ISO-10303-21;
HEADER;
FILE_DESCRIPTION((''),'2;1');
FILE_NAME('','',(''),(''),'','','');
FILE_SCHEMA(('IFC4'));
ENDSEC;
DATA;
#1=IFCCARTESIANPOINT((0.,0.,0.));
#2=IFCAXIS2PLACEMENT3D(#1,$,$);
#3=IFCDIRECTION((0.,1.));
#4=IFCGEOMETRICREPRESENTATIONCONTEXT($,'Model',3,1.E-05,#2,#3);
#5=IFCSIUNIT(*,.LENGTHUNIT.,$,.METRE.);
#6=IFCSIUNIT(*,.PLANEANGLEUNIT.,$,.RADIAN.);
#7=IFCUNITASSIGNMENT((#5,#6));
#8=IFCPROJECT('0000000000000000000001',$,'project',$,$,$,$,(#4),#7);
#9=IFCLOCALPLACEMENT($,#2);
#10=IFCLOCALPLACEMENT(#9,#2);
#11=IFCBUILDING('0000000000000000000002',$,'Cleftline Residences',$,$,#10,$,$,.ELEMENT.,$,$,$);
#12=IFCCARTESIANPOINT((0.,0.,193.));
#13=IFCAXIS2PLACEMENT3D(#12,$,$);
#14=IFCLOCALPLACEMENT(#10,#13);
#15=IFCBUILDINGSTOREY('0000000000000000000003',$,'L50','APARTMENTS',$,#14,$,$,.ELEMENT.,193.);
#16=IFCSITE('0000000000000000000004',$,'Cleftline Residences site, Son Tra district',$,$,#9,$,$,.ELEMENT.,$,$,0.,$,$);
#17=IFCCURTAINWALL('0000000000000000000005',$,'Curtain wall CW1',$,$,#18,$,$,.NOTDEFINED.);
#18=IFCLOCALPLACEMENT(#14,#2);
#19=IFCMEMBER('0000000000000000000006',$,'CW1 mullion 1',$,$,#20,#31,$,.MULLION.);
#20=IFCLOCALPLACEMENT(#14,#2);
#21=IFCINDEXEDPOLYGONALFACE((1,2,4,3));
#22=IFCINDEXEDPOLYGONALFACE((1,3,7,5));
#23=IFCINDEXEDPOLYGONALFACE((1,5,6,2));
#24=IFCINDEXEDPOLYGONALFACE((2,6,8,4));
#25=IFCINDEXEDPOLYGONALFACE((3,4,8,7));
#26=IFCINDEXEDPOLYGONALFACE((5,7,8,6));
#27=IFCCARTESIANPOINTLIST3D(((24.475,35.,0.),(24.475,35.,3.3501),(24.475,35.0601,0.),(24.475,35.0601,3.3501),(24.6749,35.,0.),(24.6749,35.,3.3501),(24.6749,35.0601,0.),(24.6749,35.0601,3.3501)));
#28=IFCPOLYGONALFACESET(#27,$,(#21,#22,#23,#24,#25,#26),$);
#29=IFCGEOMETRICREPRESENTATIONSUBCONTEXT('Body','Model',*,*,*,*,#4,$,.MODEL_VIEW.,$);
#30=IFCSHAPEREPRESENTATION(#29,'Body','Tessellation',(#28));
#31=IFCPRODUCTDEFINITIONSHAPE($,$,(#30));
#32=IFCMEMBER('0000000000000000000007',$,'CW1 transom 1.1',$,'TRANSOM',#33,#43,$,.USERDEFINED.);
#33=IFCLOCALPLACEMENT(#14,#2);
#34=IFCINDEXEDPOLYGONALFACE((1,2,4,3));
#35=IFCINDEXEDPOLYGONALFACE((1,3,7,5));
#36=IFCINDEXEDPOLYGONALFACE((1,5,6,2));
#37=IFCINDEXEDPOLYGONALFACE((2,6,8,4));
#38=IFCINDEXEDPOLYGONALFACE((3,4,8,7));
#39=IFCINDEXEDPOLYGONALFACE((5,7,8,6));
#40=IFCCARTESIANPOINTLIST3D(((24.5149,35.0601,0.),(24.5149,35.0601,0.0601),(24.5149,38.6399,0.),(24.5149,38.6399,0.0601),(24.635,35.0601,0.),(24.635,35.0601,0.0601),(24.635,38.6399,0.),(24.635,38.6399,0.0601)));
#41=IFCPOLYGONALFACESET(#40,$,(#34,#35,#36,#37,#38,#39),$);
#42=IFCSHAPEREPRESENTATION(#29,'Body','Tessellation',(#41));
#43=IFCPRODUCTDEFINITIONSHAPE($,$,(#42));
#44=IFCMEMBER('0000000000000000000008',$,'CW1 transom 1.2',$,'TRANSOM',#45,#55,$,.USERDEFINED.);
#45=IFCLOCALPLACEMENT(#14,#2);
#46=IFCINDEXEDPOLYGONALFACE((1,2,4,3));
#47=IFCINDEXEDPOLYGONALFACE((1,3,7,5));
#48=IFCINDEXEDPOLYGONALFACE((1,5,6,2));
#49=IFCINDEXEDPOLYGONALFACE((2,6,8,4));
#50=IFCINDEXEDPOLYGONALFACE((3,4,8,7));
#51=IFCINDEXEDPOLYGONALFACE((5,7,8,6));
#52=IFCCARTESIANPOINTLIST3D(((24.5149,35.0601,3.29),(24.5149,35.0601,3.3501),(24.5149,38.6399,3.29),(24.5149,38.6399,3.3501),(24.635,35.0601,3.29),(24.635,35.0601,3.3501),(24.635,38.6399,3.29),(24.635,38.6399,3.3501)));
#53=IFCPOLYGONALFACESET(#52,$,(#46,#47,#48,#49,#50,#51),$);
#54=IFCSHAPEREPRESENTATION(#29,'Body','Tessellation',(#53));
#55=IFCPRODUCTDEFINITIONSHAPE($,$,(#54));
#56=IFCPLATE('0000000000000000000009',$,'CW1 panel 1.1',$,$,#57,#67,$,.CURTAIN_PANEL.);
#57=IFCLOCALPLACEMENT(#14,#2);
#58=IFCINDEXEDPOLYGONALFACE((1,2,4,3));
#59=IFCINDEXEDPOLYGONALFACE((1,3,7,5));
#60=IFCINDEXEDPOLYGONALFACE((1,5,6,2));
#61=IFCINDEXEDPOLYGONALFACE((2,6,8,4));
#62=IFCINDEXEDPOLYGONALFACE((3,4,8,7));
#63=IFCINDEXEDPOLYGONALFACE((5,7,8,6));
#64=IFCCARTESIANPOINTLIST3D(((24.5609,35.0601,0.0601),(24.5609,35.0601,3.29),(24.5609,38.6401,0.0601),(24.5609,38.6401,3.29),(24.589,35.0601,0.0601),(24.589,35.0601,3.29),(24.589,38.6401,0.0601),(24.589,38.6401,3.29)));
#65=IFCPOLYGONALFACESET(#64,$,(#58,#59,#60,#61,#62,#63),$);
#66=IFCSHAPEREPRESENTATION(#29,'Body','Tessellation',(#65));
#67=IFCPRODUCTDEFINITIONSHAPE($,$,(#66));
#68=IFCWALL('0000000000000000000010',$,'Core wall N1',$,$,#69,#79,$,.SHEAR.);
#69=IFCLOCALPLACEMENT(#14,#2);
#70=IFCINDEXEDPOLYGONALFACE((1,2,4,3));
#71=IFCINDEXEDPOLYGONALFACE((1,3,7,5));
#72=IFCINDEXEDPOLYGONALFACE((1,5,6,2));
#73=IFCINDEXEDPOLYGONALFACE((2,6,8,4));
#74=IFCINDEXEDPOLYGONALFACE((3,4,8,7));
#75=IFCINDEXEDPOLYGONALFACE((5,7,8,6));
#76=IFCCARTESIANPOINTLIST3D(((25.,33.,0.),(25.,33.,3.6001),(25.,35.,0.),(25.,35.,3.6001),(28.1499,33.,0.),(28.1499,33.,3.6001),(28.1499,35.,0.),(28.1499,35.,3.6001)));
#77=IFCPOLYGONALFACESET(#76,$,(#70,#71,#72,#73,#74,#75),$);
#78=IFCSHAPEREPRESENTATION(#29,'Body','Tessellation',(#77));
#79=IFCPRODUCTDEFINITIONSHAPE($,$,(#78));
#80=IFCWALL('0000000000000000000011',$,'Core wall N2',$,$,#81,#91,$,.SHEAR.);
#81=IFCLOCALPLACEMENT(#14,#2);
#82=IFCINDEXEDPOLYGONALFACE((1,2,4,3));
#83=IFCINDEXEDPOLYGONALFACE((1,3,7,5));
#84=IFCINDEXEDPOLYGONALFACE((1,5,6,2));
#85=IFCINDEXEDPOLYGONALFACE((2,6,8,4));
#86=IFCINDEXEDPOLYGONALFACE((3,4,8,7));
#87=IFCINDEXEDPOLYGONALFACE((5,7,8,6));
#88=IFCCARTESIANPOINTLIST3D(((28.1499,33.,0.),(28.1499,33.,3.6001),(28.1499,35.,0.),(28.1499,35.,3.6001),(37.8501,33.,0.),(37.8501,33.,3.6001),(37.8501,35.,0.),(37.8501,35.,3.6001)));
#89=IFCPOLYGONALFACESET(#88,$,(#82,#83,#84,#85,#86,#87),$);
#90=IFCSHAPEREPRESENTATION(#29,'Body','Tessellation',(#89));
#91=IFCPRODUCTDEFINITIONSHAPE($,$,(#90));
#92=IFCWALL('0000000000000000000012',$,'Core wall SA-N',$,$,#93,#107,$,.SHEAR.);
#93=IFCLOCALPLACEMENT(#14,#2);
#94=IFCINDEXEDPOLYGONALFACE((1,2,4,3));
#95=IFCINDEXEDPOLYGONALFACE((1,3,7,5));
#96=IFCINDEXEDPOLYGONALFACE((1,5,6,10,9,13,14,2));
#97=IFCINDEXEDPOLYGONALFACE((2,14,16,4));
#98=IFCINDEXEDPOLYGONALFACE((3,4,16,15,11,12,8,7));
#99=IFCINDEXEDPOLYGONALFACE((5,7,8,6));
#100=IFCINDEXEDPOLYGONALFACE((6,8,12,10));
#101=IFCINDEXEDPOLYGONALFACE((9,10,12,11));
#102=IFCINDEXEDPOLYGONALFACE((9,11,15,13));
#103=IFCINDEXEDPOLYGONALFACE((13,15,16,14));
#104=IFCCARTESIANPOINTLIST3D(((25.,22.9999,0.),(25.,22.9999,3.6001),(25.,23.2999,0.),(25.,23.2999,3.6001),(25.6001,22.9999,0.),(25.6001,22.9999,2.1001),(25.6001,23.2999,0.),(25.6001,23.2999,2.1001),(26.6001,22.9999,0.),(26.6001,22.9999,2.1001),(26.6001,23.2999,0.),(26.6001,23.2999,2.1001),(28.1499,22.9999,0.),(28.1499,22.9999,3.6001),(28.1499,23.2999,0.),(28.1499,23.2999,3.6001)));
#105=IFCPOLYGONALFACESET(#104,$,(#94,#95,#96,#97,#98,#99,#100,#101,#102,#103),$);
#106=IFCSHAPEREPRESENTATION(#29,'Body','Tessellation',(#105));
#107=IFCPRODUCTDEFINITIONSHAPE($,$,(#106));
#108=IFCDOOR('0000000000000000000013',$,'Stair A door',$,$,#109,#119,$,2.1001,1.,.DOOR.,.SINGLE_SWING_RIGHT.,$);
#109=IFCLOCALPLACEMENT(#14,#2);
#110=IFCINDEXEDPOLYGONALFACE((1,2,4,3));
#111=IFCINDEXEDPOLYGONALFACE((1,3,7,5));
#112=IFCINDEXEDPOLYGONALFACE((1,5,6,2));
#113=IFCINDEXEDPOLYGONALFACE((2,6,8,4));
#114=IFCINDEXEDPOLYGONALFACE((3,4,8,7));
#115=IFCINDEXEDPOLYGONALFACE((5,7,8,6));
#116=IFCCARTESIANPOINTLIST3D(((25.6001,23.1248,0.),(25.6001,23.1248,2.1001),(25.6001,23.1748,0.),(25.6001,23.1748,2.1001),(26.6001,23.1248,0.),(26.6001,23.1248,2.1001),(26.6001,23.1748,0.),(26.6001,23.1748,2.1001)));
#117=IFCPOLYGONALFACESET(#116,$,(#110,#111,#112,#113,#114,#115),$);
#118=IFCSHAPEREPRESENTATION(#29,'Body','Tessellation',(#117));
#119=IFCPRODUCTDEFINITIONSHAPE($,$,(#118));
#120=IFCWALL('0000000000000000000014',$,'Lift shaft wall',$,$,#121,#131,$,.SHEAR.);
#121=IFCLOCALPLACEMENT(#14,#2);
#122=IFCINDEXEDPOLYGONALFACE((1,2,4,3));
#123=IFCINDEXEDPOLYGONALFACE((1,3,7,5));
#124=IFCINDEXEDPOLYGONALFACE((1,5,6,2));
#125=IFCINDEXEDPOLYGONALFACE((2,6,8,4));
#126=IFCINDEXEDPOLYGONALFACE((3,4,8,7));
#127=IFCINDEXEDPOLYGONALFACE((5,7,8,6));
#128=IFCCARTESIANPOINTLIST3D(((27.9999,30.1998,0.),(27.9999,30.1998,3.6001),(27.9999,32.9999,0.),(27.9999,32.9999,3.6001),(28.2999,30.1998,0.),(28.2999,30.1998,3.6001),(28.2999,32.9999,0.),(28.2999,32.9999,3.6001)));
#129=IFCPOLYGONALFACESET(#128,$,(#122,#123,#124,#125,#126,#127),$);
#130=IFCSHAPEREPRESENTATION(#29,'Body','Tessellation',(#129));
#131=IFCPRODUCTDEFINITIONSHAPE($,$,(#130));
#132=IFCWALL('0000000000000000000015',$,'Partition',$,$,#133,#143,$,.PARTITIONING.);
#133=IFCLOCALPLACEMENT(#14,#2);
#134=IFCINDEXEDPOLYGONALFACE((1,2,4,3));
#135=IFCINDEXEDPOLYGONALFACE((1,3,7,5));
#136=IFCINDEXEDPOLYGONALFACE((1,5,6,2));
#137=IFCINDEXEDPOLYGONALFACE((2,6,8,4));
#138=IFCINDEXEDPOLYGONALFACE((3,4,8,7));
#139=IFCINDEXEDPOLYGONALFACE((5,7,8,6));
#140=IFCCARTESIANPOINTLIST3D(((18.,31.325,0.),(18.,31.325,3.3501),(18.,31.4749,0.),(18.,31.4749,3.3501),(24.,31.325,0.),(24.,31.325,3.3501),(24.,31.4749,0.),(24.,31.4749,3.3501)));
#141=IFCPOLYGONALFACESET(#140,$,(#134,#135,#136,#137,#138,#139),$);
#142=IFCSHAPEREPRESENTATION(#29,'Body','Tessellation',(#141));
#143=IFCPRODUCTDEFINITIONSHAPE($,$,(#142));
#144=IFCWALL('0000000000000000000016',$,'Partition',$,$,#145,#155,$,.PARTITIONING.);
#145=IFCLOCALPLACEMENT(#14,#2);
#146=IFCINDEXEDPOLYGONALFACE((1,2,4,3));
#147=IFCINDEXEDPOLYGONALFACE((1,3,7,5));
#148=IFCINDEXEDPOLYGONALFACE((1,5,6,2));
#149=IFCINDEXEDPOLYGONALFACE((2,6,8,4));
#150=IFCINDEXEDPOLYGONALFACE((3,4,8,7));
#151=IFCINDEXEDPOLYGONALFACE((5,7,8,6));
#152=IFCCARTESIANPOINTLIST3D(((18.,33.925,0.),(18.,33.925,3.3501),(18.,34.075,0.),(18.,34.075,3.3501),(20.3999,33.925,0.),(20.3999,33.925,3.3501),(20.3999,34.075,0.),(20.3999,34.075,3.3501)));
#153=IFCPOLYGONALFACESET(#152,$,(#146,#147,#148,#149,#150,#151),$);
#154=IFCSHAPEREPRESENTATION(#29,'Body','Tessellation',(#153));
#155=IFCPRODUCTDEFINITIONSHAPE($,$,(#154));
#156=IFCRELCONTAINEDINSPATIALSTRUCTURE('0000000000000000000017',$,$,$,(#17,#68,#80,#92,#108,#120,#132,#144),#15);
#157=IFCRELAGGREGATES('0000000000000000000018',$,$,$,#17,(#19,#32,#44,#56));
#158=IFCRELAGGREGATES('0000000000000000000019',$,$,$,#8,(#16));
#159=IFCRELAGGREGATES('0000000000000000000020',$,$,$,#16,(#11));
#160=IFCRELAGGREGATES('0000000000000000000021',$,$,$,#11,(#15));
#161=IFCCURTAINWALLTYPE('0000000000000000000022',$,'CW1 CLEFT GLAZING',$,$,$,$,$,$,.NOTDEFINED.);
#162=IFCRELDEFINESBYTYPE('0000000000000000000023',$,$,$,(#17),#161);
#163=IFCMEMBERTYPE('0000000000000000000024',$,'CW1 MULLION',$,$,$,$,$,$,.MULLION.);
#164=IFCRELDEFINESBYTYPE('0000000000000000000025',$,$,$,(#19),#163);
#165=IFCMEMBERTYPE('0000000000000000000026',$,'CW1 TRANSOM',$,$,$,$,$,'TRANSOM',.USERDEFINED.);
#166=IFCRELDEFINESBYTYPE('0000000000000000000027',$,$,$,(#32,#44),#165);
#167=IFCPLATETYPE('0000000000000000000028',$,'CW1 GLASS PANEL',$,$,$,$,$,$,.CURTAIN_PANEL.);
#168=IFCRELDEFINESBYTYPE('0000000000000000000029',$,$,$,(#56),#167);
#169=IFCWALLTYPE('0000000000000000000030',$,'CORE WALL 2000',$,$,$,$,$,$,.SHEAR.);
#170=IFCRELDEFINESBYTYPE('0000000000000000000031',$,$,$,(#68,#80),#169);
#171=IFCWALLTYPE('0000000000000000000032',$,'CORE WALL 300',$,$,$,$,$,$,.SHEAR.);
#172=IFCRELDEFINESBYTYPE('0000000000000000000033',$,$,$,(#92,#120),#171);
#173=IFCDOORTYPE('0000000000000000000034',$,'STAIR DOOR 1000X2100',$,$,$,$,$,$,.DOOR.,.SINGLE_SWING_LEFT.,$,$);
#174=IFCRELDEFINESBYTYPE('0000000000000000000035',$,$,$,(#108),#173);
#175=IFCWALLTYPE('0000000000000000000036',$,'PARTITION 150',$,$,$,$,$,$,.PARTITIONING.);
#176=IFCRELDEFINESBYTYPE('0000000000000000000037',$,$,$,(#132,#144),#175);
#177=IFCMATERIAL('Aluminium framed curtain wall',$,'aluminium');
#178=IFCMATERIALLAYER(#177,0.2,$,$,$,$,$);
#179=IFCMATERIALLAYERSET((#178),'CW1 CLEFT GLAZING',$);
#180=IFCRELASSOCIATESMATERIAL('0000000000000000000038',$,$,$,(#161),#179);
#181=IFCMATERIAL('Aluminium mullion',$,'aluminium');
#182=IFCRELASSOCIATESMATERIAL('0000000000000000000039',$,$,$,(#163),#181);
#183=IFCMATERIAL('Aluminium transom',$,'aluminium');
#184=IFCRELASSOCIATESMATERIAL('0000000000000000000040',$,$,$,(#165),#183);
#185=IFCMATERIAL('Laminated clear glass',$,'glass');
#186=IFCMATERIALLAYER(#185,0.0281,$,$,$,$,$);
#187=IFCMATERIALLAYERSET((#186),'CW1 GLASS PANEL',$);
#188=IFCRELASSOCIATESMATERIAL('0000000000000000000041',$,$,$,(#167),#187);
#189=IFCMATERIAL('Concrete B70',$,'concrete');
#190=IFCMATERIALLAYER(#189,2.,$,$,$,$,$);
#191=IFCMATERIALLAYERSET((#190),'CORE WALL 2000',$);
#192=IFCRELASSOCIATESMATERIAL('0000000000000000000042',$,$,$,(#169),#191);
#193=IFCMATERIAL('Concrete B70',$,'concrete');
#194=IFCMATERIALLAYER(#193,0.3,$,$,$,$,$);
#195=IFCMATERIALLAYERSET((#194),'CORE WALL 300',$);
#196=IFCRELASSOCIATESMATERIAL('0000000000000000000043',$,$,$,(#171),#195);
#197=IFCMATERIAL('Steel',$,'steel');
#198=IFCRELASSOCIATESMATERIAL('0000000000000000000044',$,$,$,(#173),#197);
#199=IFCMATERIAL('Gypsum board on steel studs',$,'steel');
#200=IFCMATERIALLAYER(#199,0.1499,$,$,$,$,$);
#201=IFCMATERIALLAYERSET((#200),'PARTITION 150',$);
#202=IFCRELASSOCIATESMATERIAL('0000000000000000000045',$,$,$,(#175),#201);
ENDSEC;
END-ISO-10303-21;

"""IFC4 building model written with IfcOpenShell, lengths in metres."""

from ifc_helpers import new_model, si_unit, direction, frame, frame_2d, origin, origin_2d, place, context, subcontext, project, spatial, rectangle, extrude, material, layer, layer_set, material_profile, profile_set, type_object, element, fill, aggregate, save


model = new_model("IFC4")

# Units and contexts
model_context = context("Model", 3, precision=1e-05, world=origin(), true_north=direction((0.0, 1.0)))
body_context = subcontext(model_context, "Body", "Model", "MODEL_VIEW")
ifc_project = project(units=[si_unit("LENGTHUNIT", "METRE"), si_unit("PLANEANGLEUNIT", "RADIAN")], contexts=[model_context])

# Site, building, storey
site_placement = place(None, origin())
site = spatial("IfcSite", under=ifc_project, at=site_placement, Name="Cleftline Residences site, Son Tra district", CompositionType="ELEMENT", RefElevation=0.0)
building_placement = place(site_placement, origin())
building = spatial("IfcBuilding", under=site, at=building_placement, Name="Cleftline Residences", CompositionType="ELEMENT")
storey_placement = place(building_placement, frame((0.0, 0.0, 193.0)))
storey = spatial("IfcBuildingStorey", under=building, at=storey_placement, Name="L50", Description="APARTMENTS", CompositionType="ELEMENT", Elevation=193.0)

# Curtain wall, members, plate
ifc_material_1 = material(Name="Aluminium framed curtain wall", Category="aluminium")
ifc_layer_1 = layer(ifc_material_1, 0.2)
ifc_layer_set_1 = layer_set([ifc_layer_1], Name="CW1 CLEFT GLAZING")
curtain_wall_type = type_object("IfcCurtainWallType", Name="CW1 CLEFT GLAZING", PredefinedType="NOTDEFINED", material=ifc_layer_set_1)
curtain_wall_placement = place(storey_placement, origin())
curtain_wall = element("IfcCurtainWall", 1, at=curtain_wall_placement, inside=storey, type_object=curtain_wall_type, Name="Curtain wall CW1", PredefinedType="NOTDEFINED")
ifc_material_2 = material(Name="Aluminium mullion", Category="aluminium")
ifc_material_profile_1 = material_profile(ifc_material_2, rectangle(XDim=0.2, YDim=0.0601, at=origin_2d()))
ifc_profile_set_1 = profile_set([ifc_material_profile_1], Name="Aluminium mullion")
member_type_1 = type_object("IfcMemberType", Name="CW1 MULLION", PredefinedType="MULLION", material=ifc_profile_set_1)
member_1_placement = place(storey_placement, frame((24.575, 35.03, 0.0), z_axis=(0.0, 0.0, 1.0), x_axis=(-1.0, 0.0, 0.0)))
member_1 = element("IfcMember", 2, at=member_1_placement, type_object=member_type_1, Name="CW1 mullion 1", PredefinedType="MULLION", context=body_context, shape_type="SweptSolid", body=[
    extrude(rectangle(XDim=0.2, YDim=0.0601, at=origin_2d()), origin(), (0.0, 0.0, 1.0), 3.3501),
])
ifc_material_3 = material(Name="Aluminium transom", Category="aluminium")
ifc_material_profile_2 = material_profile(ifc_material_3, rectangle(XDim=0.1201, YDim=0.0601, at=origin_2d()))
ifc_profile_set_2 = profile_set([ifc_material_profile_2], Name="Aluminium transom")
member_type_2 = type_object("IfcMemberType", Name="CW1 TRANSOM", ElementType="TRANSOM", PredefinedType="USERDEFINED", material=ifc_profile_set_2)
member_2_placement = place(storey_placement, frame((24.575, 35.0601, 0.03), z_axis=(0.0, 1.0, 0.0), x_axis=(-1.0, 0.0, 0.0)))
member_2 = element("IfcMember", 3, at=member_2_placement, type_object=member_type_2, Name="CW1 transom 1.1", ObjectType="TRANSOM", PredefinedType="USERDEFINED", context=body_context, shape_type="SweptSolid", body=[
    extrude(rectangle(XDim=0.1201, YDim=0.0601, at=origin_2d()), origin(), (0.0, 0.0, 1.0), 3.5798),
])
member_3_placement = place(storey_placement, frame((24.575, 35.0601, 3.3201), z_axis=(0.0, 1.0, 0.0), x_axis=(-1.0, 0.0, 0.0)))
member_3 = element("IfcMember", 4, at=member_3_placement, type_object=member_type_2, Name="CW1 transom 1.2", ObjectType="TRANSOM", PredefinedType="USERDEFINED", context=body_context, shape_type="SweptSolid", body=[
    extrude(rectangle(XDim=0.1201, YDim=0.0601, at=origin_2d()), origin(), (0.0, 0.0, 1.0), 3.5798),
])
ifc_material_4 = material(Name="Laminated clear glass", Category="glass")
ifc_layer_2 = layer(ifc_material_4, 0.0281)
ifc_layer_set_2 = layer_set([ifc_layer_2], Name="CW1 GLASS PANEL")
plate_type = type_object("IfcPlateType", Name="CW1 GLASS PANEL", PredefinedType="CURTAIN_PANEL", material=ifc_layer_set_2)
plate_placement = place(storey_placement, frame((24.575, 36.8501, 0.0601), z_axis=(0.0, 0.0, 1.0), x_axis=(0.0, 1.0, 0.0)))
plate = element("IfcPlate", 5, at=plate_placement, type_object=plate_type, Name="CW1 panel 1.1", PredefinedType="CURTAIN_PANEL", context=body_context, shape_type="SweptSolid", body=[
    extrude(rectangle(XDim=3.5801, YDim=0.0281, at=origin_2d()), origin(), (0.0, 0.0, 1.0), 3.23),
])
aggregate(curtain_wall, [member_1, member_2, member_3, plate])

# Walls
ifc_material_5 = material(Name="Concrete B70", Category="concrete")
ifc_layer_3 = layer(ifc_material_5, 2.0)
ifc_layer_set_3 = layer_set([ifc_layer_3], Name="CORE WALL 2000")
wall_type_1 = type_object("IfcWallType", Name="CORE WALL 2000", PredefinedType="SHEAR", material=ifc_layer_set_3)
wall_1_placement = place(storey_placement, frame((25.0, 34.0, 0.0), z_axis=(0.0, 0.0, 1.0), x_axis=(1.0, 0.0, 0.0)))
element("IfcWall", 6, at=wall_1_placement, inside=storey, type_object=wall_type_1, Name="Core wall N1", PredefinedType="SHEAR", context=body_context, shape_type="SweptSolid", body=[
    extrude(rectangle(XDim=3.1499, YDim=2.0, at=frame_2d((1.575, 0.0))), origin(), (0.0, 0.0, 1.0), 3.6001),
])
wall_2_placement = place(storey_placement, frame((28.1499, 34.0, 0.0), z_axis=(0.0, 0.0, 1.0), x_axis=(1.0, 0.0, 0.0)))
element("IfcWall", 7, at=wall_2_placement, inside=storey, type_object=wall_type_1, Name="Core wall N2", PredefinedType="SHEAR", context=body_context, shape_type="SweptSolid", body=[
    extrude(rectangle(XDim=9.7002, YDim=2.0, at=frame_2d((4.8501, 0.0))), origin(), (0.0, 0.0, 1.0), 3.6001),
])

# Wall, opening, door
ifc_material_6 = material(Name="Concrete B70", Category="concrete")
ifc_layer_4 = layer(ifc_material_6, 0.3)
ifc_layer_set_4 = layer_set([ifc_layer_4], Name="CORE WALL 300")
wall_type_2 = type_object("IfcWallType", Name="CORE WALL 300", PredefinedType="SHEAR", material=ifc_layer_set_4)
wall_3_placement = place(storey_placement, frame((25.0, 23.1499, 0.0), z_axis=(0.0, 0.0, 1.0), x_axis=(1.0, 0.0, 0.0)))
wall_3 = element("IfcWall", 8, at=wall_3_placement, inside=storey, type_object=wall_type_2, Name="Core wall SA-N", PredefinedType="SHEAR", context=body_context, shape_type="SweptSolid", body=[
    extrude(rectangle(XDim=3.1499, YDim=0.3, at=frame_2d((1.575, 0.0))), origin(), (0.0, 0.0, 1.0), 3.6001),
])
opening_1_placement = place(wall_3_placement, frame((0.6001, 0.0, 0.0)))
opening_1 = element("IfcOpeningElement", 9, at=opening_1_placement, cuts=wall_3, PredefinedType="OPENING", context=body_context, shape_type="SweptSolid", body=[
    extrude(rectangle(XDim=1.0, YDim=2.1001, at=frame_2d((0.5, 1.05))), frame((0.0, 0.1599, 0.0), z_axis=(0.0, -1.0, 0.0), x_axis=(1.0, 0.0, 0.0)), (0.0, 0.0, 1.0), 0.3201),
])
ifc_material_7 = material(Name="Steel", Category="steel")
door_type_1 = type_object("IfcDoorType", Name="STAIR DOOR 1000X2100", OperationType="SINGLE_SWING_LEFT", PredefinedType="DOOR", material=ifc_material_7)
door_1_placement = place(opening_1_placement, origin())
door_1 = element("IfcDoor", 10, at=door_1_placement, inside=storey, type_object=door_type_1, Name="Stair A door", OperationType="SINGLE_SWING_RIGHT", OverallHeight=2.1001, OverallWidth=1.0, PredefinedType="DOOR", context=body_context, shape_type="SweptSolid", body=[
    extrude(rectangle(XDim=1.0, YDim=2.1001, at=frame_2d((0.5, 1.05))), frame((0.0, 0.0249, 0.0), z_axis=(0.0, -1.0, 0.0), x_axis=(1.0, 0.0, 0.0)), (0.0, 0.0, 1.0), 0.05),
])
fill(opening_1, door_1)

# Walls
wall_4_placement = place(storey_placement, frame((28.1499, 30.2, 0.0), z_axis=(0.0, 0.0, 1.0), x_axis=(0.0, 1.0, 0.0)))
element("IfcWall", 11, at=wall_4_placement, inside=storey, type_object=wall_type_2, Name="Lift shaft wall", PredefinedType="SHEAR", context=body_context, shape_type="SweptSolid", body=[
    extrude(rectangle(XDim=2.8, YDim=0.3, at=frame_2d((1.3999, 0.0))), origin(), (0.0, 0.0, 1.0), 3.6001),
])
ifc_material_8 = material(Name="Gypsum board on steel studs", Category="steel")
ifc_layer_5 = layer(ifc_material_8, 0.1499)
ifc_layer_set_5 = layer_set([ifc_layer_5], Name="PARTITION 150")
wall_type_3 = type_object("IfcWallType", Name="PARTITION 150", PredefinedType="PARTITIONING", material=ifc_layer_set_5)
wall_5_placement = place(storey_placement, frame((18.0, 31.3999, 0.0), z_axis=(0.0, 0.0, 1.0), x_axis=(1.0, 0.0, 0.0)))
element("IfcWall", 12, at=wall_5_placement, inside=storey, type_object=wall_type_3, Name="Partition", PredefinedType="PARTITIONING", context=body_context, shape_type="SweptSolid", body=[
    extrude(rectangle(XDim=6.0, YDim=0.1499, at=frame_2d((3.0, 0.0))), origin(), (0.0, 0.0, 1.0), 3.3501),
])
wall_6_placement = place(storey_placement, frame((18.0, 34.0, 0.0), z_axis=(0.0, 0.0, 1.0), x_axis=(1.0, 0.0, 0.0)))
element("IfcWall", 13, at=wall_6_placement, inside=storey, type_object=wall_type_3, Name="Partition", PredefinedType="PARTITIONING", context=body_context, shape_type="SweptSolid", body=[
    extrude(rectangle(XDim=2.3999, YDim=0.1499, at=frame_2d((1.2, 0.0))), origin(), (0.0, 0.0, 1.0), 3.3501),
])

save(model, "model.ifc")
